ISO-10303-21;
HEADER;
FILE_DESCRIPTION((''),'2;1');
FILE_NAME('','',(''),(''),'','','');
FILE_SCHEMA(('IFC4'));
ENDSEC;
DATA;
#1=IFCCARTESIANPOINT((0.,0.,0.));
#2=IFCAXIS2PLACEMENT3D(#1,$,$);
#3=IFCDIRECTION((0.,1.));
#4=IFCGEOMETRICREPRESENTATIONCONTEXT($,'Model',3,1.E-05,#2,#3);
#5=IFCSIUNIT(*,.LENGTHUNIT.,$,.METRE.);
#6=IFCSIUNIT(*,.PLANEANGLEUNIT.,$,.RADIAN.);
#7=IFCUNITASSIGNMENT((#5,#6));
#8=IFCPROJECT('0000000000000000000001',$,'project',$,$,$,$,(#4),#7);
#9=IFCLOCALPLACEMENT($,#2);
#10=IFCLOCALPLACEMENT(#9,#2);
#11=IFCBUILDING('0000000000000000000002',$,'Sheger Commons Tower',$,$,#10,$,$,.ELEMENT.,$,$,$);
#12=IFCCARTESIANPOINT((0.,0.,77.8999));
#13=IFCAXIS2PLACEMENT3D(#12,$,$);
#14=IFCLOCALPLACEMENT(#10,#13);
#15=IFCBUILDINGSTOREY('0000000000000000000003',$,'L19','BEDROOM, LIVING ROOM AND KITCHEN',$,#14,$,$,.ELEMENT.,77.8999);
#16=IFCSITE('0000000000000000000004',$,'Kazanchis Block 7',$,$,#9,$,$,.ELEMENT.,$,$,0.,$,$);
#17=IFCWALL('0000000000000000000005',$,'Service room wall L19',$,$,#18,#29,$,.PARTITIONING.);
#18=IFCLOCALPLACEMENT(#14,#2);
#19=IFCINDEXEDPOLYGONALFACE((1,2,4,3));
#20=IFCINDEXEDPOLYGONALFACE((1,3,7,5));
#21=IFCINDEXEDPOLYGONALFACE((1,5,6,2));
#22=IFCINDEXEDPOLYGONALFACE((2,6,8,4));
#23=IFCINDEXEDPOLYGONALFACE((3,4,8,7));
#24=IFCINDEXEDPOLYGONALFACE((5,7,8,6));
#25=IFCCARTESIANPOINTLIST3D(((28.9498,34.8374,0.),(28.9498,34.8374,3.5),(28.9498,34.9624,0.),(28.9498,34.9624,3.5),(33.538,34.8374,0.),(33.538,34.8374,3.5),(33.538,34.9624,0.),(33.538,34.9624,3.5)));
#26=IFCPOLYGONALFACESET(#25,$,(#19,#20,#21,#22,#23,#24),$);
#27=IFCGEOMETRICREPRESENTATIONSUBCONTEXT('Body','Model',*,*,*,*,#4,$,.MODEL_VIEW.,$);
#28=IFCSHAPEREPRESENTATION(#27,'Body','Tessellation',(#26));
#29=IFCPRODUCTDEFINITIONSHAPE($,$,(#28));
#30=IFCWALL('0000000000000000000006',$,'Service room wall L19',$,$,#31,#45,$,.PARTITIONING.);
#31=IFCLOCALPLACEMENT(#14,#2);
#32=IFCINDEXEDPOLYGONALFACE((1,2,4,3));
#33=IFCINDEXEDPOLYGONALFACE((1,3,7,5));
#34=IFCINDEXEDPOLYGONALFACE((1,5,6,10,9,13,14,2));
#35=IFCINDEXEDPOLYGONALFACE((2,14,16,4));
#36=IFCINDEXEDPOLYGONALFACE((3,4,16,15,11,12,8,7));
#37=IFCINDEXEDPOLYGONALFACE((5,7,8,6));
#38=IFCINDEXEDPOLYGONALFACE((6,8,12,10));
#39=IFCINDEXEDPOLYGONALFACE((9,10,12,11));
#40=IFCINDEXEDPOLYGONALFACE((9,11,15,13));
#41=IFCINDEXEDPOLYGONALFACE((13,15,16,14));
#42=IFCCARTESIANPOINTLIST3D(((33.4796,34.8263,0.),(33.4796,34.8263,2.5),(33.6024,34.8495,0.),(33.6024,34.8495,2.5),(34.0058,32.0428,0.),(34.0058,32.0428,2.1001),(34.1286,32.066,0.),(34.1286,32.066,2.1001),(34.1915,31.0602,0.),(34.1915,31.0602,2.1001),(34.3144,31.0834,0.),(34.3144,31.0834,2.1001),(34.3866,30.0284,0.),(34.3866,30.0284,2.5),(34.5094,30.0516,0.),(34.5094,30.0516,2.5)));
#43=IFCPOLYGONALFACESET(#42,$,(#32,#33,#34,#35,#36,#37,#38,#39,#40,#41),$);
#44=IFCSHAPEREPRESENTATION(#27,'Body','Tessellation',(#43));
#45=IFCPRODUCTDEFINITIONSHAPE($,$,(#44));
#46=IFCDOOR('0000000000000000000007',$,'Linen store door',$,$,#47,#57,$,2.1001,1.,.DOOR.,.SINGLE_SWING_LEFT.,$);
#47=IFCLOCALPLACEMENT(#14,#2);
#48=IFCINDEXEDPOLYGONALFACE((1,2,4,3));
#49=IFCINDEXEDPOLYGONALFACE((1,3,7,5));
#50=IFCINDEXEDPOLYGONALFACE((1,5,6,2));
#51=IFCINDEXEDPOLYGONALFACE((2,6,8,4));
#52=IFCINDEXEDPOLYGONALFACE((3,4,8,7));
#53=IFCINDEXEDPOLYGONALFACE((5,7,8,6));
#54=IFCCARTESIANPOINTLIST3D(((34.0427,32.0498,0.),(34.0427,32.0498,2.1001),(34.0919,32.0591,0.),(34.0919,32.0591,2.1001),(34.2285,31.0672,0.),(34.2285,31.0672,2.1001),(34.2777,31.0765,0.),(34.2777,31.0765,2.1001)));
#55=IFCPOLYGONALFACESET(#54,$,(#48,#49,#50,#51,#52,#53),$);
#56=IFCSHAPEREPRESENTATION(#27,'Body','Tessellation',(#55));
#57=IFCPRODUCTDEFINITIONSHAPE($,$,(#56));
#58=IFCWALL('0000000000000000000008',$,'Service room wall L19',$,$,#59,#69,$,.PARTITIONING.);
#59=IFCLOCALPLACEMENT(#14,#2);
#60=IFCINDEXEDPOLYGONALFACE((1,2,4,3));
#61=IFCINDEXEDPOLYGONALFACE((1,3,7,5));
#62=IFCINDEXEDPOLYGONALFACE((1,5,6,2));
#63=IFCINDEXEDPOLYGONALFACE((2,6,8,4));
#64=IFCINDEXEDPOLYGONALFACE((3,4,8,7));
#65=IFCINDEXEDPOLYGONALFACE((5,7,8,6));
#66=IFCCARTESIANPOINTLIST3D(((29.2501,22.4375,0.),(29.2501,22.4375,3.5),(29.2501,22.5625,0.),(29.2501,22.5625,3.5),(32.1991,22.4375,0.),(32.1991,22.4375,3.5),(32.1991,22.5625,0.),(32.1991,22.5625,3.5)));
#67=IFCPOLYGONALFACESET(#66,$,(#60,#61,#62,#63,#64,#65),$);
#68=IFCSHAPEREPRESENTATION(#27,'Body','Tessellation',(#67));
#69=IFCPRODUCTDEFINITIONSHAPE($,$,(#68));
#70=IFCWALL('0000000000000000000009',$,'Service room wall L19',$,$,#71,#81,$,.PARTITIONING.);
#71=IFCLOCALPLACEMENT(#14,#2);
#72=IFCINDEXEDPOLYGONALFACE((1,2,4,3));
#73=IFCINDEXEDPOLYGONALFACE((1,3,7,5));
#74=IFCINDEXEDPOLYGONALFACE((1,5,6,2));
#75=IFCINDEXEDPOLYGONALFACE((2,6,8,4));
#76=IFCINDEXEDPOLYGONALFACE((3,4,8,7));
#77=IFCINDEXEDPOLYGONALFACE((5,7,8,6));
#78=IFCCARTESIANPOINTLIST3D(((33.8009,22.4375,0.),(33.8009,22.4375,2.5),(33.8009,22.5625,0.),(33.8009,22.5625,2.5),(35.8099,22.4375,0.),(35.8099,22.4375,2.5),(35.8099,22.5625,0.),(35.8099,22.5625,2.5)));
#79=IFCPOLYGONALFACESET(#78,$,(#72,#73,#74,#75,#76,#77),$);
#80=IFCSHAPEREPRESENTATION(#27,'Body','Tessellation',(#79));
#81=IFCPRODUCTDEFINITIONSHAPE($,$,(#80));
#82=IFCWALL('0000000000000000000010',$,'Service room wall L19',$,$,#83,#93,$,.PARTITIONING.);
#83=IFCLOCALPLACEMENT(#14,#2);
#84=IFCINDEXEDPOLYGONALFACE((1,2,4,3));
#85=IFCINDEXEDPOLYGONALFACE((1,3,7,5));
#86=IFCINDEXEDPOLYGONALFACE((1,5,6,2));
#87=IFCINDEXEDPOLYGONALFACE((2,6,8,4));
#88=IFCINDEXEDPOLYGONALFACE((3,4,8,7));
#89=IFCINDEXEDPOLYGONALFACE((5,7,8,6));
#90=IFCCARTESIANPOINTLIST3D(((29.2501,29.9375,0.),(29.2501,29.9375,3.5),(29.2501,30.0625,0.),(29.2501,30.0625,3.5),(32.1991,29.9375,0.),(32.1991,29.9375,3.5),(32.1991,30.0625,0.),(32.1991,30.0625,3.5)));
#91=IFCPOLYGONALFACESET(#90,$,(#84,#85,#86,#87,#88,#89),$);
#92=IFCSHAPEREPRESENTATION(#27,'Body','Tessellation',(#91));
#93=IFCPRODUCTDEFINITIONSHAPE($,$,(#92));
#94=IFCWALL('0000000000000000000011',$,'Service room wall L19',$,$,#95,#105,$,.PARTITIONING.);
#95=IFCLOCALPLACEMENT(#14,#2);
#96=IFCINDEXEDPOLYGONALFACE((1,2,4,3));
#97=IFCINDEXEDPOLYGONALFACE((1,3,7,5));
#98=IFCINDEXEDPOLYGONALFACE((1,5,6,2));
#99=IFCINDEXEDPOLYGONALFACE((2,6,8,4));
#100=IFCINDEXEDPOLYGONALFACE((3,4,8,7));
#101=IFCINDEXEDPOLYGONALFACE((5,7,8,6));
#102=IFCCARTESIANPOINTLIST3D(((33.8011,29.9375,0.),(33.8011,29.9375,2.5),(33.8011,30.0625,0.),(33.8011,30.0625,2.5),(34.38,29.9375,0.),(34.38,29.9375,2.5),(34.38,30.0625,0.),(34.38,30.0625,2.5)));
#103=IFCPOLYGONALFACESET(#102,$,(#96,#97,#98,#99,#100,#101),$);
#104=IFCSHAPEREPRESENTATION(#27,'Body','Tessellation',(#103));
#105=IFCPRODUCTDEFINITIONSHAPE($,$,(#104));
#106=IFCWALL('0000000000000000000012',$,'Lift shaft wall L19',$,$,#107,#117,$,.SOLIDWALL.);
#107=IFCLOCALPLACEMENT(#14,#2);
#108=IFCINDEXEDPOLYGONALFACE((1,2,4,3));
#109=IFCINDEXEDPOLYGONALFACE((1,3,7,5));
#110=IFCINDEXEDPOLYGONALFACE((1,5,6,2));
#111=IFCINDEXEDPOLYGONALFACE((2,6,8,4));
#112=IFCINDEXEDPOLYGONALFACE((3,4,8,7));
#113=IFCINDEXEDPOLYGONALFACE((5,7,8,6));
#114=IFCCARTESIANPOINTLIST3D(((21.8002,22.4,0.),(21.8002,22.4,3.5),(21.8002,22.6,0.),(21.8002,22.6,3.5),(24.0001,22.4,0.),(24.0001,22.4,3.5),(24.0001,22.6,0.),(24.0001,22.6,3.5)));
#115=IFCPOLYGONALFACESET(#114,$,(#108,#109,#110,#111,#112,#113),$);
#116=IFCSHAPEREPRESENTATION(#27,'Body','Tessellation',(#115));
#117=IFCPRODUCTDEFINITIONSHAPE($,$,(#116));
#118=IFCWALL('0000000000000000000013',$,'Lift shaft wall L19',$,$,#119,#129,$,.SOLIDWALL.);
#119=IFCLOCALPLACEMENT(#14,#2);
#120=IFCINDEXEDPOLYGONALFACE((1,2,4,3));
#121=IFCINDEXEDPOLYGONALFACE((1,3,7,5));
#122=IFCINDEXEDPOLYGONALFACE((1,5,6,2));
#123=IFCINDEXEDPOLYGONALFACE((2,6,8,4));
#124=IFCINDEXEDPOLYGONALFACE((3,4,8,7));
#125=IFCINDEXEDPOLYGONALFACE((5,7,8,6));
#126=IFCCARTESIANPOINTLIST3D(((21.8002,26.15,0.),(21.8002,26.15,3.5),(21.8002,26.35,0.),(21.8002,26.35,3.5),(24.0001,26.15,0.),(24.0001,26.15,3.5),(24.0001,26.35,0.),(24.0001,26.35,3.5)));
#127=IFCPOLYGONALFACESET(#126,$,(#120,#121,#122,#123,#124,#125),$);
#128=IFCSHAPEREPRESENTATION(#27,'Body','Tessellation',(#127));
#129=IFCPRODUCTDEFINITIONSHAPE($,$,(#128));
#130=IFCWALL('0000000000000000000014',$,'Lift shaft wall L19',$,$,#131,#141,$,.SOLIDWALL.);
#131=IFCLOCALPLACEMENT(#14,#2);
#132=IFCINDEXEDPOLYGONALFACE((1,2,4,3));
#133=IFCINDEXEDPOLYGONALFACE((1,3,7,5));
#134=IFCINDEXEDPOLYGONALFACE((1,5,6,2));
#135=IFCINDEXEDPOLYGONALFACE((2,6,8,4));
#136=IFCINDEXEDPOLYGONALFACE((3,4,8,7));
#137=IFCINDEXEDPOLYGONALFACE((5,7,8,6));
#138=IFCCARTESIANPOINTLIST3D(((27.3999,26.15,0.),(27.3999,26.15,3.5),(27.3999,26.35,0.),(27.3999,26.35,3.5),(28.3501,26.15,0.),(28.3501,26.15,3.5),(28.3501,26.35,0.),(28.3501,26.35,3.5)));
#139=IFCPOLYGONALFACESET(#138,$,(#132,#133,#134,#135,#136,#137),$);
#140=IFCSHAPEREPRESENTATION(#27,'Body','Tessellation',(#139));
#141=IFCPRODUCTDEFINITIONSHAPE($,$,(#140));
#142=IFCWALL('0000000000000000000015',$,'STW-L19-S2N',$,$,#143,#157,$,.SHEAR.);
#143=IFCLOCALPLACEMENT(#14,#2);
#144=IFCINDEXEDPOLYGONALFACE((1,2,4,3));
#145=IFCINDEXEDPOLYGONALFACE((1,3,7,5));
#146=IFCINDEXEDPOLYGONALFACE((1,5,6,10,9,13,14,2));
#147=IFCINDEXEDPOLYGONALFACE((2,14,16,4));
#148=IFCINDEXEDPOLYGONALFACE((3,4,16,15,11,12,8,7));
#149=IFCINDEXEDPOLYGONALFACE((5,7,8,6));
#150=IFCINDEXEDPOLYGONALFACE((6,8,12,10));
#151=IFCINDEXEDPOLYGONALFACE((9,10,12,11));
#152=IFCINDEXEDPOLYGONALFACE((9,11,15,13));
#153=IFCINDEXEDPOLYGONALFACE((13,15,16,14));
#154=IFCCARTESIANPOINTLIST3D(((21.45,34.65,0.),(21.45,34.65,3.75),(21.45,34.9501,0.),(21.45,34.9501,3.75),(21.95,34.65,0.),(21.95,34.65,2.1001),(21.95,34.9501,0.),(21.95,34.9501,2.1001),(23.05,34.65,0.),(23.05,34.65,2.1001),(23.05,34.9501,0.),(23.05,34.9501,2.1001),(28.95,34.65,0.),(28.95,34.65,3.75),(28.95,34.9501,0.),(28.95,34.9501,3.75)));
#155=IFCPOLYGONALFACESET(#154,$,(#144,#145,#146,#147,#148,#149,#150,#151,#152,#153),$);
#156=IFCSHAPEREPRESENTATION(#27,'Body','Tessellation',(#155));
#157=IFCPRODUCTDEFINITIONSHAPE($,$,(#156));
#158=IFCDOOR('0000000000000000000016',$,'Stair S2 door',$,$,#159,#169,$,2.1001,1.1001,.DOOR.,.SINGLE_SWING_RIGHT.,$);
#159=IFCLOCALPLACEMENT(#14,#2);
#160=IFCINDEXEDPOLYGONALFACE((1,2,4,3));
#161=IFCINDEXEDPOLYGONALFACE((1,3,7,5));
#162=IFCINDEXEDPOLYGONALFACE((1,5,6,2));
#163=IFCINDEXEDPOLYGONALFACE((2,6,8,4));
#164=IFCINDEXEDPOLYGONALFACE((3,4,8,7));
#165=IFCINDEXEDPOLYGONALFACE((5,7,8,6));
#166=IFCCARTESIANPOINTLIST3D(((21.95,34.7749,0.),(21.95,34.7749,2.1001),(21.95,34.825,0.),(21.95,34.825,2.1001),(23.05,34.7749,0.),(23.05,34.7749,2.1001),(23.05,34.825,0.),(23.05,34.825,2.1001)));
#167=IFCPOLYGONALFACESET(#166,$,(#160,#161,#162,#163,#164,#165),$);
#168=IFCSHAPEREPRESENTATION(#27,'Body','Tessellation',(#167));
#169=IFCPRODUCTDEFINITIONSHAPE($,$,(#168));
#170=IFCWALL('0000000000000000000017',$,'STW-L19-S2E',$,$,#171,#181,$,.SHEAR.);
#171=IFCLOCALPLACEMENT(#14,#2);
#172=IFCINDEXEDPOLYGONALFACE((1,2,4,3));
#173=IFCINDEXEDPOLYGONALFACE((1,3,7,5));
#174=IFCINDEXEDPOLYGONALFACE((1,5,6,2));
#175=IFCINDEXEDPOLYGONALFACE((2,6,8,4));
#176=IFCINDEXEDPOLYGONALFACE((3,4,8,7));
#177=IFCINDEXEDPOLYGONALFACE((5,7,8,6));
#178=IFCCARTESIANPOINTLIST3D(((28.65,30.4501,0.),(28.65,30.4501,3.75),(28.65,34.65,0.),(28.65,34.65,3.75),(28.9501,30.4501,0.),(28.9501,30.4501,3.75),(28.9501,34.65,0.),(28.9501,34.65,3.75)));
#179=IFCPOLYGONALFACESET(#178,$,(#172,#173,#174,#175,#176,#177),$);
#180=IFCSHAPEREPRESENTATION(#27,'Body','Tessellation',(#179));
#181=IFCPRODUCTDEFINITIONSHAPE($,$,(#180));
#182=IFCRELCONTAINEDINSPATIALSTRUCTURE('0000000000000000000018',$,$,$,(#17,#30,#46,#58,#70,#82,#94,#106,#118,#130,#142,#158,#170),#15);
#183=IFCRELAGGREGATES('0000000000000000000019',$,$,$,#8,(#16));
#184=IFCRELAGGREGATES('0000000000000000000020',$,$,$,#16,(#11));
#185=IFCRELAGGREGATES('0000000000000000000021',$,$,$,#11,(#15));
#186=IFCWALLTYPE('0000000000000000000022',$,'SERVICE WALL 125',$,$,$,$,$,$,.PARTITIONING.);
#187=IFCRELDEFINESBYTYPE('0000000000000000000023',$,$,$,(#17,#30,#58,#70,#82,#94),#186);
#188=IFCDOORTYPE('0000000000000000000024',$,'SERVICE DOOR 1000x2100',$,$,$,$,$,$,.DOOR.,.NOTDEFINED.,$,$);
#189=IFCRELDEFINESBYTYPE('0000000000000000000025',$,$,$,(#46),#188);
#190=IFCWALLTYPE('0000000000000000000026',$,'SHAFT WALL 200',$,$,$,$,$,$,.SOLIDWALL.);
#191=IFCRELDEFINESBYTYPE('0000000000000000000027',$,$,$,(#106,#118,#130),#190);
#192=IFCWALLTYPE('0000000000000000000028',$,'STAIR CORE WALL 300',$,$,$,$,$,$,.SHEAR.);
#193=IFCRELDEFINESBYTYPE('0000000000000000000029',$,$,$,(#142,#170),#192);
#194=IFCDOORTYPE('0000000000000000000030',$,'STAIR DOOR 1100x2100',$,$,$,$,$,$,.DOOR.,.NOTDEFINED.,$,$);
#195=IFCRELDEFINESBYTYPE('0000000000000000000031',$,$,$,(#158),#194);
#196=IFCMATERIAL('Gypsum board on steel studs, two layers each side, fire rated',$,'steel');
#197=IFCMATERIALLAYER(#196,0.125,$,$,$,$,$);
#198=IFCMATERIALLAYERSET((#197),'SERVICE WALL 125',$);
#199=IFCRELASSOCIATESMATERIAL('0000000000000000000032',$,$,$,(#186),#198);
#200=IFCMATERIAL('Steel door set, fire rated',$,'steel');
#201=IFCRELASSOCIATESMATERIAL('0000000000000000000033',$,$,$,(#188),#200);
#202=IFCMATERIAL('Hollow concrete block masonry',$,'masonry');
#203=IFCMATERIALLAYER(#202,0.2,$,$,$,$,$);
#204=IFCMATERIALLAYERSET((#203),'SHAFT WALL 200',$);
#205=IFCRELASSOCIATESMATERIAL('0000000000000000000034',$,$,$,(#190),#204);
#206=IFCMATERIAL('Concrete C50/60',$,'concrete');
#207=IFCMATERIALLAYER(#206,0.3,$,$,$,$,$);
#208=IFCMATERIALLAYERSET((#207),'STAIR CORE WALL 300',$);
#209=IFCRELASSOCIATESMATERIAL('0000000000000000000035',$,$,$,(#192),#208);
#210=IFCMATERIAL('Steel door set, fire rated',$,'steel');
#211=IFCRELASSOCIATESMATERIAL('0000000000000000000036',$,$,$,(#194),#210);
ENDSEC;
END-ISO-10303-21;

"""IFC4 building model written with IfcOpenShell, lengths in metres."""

from ifc_helpers import new_model, si_unit, direction, frame, frame_2d, origin, place, context, subcontext, project, spatial, rectangle, extrude, material, layer, layer_set, type_object, element, fill, save


model = new_model("IFC4")

# Units and contexts
model_context = context("Model", 3, precision=1e-05, world=origin(), true_north=direction((0.0, 1.0)))
body_context = subcontext(model_context, "Body", "Model", "MODEL_VIEW")
ifc_project = project(units=[si_unit("LENGTHUNIT", "METRE"), si_unit("PLANEANGLEUNIT", "RADIAN")], contexts=[model_context])

# Site, building, storey
site_placement = place(None, origin())
site = spatial("IfcSite", under=ifc_project, at=site_placement, Name="Kazanchis Block 7", CompositionType="ELEMENT", RefElevation=0.0)
building_placement = place(site_placement, origin())
building = spatial("IfcBuilding", under=site, at=building_placement, Name="Sheger Commons Tower", CompositionType="ELEMENT")
storey_placement = place(building_placement, frame((0.0, 0.0, 77.8999)))
storey = spatial("IfcBuildingStorey", under=building, at=storey_placement, Name="L19", Description="BEDROOM, LIVING ROOM AND KITCHEN", CompositionType="ELEMENT", Elevation=77.8999)

# Wall
ifc_material_1 = material(Name="Gypsum board on steel studs, two layers each side, fire rated", Category="steel")
ifc_layer_1 = layer(ifc_material_1, 0.125)
ifc_layer_set_1 = layer_set([ifc_layer_1], Name="SERVICE WALL 125")
wall_type_1 = type_object("IfcWallType", Name="SERVICE WALL 125", PredefinedType="PARTITIONING", material=ifc_layer_set_1)
wall_1_placement = place(storey_placement, frame((28.95, 34.8999, 0.0), z_axis=(0.0, 0.0, 1.0), x_axis=(1.0, 0.0, 0.0)))
element("IfcWall", 1, at=wall_1_placement, inside=storey, type_object=wall_type_1, Name="Service room wall L19", PredefinedType="PARTITIONING", context=body_context, shape_type="SweptSolid", body=[
    extrude(rectangle(XDim=4.5881, YDim=0.125, at=frame_2d((2.2939, 0.0))), origin(), (0.0, 0.0, 1.0), 3.5),
])

# Wall, opening, door
wall_2_placement = place(storey_placement, frame((34.448, 30.04, 0.0), z_axis=(0.0, 0.0, 1.0), x_axis=(-0.185749, 0.982597, 0.0)))
wall_2 = element("IfcWall", 2, at=wall_2_placement, inside=storey, type_object=wall_type_1, Name="Service room wall L19", PredefinedType="PARTITIONING", context=body_context, shape_type="SweptSolid", body=[
    extrude(rectangle(XDim=4.8828, YDim=0.125, at=frame_2d((2.4414, 0.0))), origin(), (0.0, 0.0, 1.0), 2.5),
])
opening_1_placement = place(wall_2_placement, frame((1.05, 0.0, 0.0)))
opening_1 = element("IfcOpeningElement", 3, at=opening_1_placement, cuts=wall_2, PredefinedType="OPENING", context=body_context, shape_type="SweptSolid", body=[
    extrude(rectangle(XDim=1.0, YDim=2.1001, at=frame_2d((0.5, 1.05))), frame((0.0, 0.0725, 0.0), z_axis=(0.0, -1.0, 0.0), x_axis=(1.0, 0.0, 0.0)), (0.0, 0.0, 1.0), 0.145),
])
ifc_material_2 = material(Name="Steel door set, fire rated", Category="steel")
door_type_1 = type_object("IfcDoorType", Name="SERVICE DOOR 1000x2100", OperationType="NOTDEFINED", PredefinedType="DOOR", material=ifc_material_2)
door_1_placement = place(opening_1_placement, origin())
door_1 = element("IfcDoor", 4, at=door_1_placement, inside=storey, type_object=door_type_1, Name="Linen store door", OperationType="SINGLE_SWING_LEFT", OverallHeight=2.1001, OverallWidth=1.0, PredefinedType="DOOR", context=body_context, shape_type="SweptSolid", body=[
    extrude(rectangle(XDim=1.0, YDim=2.1001, at=frame_2d((0.5, 1.05))), frame((0.0, 0.0249, 0.0), z_axis=(0.0, -1.0, 0.0), x_axis=(1.0, 0.0, 0.0)), (0.0, 0.0, 1.0), 0.05),
])
fill(opening_1, door_1)

# Walls
wall_3_placement = place(storey_placement, frame((29.25, 22.5, 0.0), z_axis=(0.0, 0.0, 1.0), x_axis=(1.0, 0.0, 0.0)))
element("IfcWall", 5, at=wall_3_placement, inside=storey, type_object=wall_type_1, Name="Service room wall L19", PredefinedType="PARTITIONING", context=body_context, shape_type="SweptSolid", body=[
    extrude(rectangle(XDim=2.949, YDim=0.125, at=frame_2d((1.4746, 0.0))), origin(), (0.0, 0.0, 1.0), 3.5),
])
wall_4_placement = place(storey_placement, frame((33.801, 22.5, 0.0), z_axis=(0.0, 0.0, 1.0), x_axis=(1.0, 0.0, 0.0)))
element("IfcWall", 6, at=wall_4_placement, inside=storey, type_object=wall_type_1, Name="Service room wall L19", PredefinedType="PARTITIONING", context=body_context, shape_type="SweptSolid", body=[
    extrude(rectangle(XDim=2.009, YDim=0.125, at=frame_2d((1.0044, 0.0))), origin(), (0.0, 0.0, 1.0), 2.5),
])
wall_5_placement = place(storey_placement, frame((29.25, 30.0, 0.0), z_axis=(0.0, 0.0, 1.0), x_axis=(1.0, 0.0, 0.0)))
element("IfcWall", 7, at=wall_5_placement, inside=storey, type_object=wall_type_1, Name="Service room wall L19", PredefinedType="PARTITIONING", context=body_context, shape_type="SweptSolid", body=[
    extrude(rectangle(XDim=2.949, YDim=0.125, at=frame_2d((1.4746, 0.0))), origin(), (0.0, 0.0, 1.0), 3.5),
])
wall_6_placement = place(storey_placement, frame((33.801, 30.0, 0.0), z_axis=(0.0, 0.0, 1.0), x_axis=(1.0, 0.0, 0.0)))
element("IfcWall", 8, at=wall_6_placement, inside=storey, type_object=wall_type_1, Name="Service room wall L19", PredefinedType="PARTITIONING", context=body_context, shape_type="SweptSolid", body=[
    extrude(rectangle(XDim=0.5789, YDim=0.125, at=frame_2d((0.2896, 0.0))), origin(), (0.0, 0.0, 1.0), 2.5),
])
ifc_material_3 = material(Name="Hollow concrete block masonry", Category="masonry")
ifc_layer_2 = layer(ifc_material_3, 0.2)
ifc_layer_set_2 = layer_set([ifc_layer_2], Name="SHAFT WALL 200")
wall_type_2 = type_object("IfcWallType", Name="SHAFT WALL 200", PredefinedType="SOLIDWALL", material=ifc_layer_set_2)
for number, where, z_axis, x_axis, name in (
    (9, (21.8, 22.5, 0.0), (0.0, 0.0, 1.0), (1.0, 0.0, 0.0), "Lift shaft wall L19"),
    (10, (21.8, 26.25, 0.0), (0.0, 0.0, 1.0), (1.0, 0.0, 0.0), "Lift shaft wall L19"),
):
    element("IfcWall", number, at=place(storey_placement, frame(where, z_axis=z_axis, x_axis=x_axis)), inside=storey, type_object=wall_type_2, Name=name, PredefinedType="SOLIDWALL", context=body_context, shape_type="SweptSolid", body=[
        extrude(rectangle(XDim=2.2, YDim=0.2, at=frame_2d((1.1001, 0.0))), origin(), (0.0, 0.0, 1.0), 3.5),
    ])
wall_7_placement = place(storey_placement, frame((27.3999, 26.25, 0.0), z_axis=(0.0, 0.0, 1.0), x_axis=(1.0, 0.0, 0.0)))
element("IfcWall", 11, at=wall_7_placement, inside=storey, type_object=wall_type_2, Name="Lift shaft wall L19", PredefinedType="SOLIDWALL", context=body_context, shape_type="SweptSolid", body=[
    extrude(rectangle(XDim=0.9502, YDim=0.2, at=frame_2d((0.4751, 0.0))), origin(), (0.0, 0.0, 1.0), 3.5),
])

# Wall, opening, door
ifc_material_4 = material(Name="Concrete C50/60", Category="concrete")
ifc_layer_3 = layer(ifc_material_4, 0.3)
ifc_layer_set_3 = layer_set([ifc_layer_3], Name="STAIR CORE WALL 300")
wall_type_3 = type_object("IfcWallType", Name="STAIR CORE WALL 300", PredefinedType="SHEAR", material=ifc_layer_set_3)
wall_8_placement = place(storey_placement, frame((21.45, 34.8, 0.0), z_axis=(0.0, 0.0, 1.0), x_axis=(1.0, 0.0, 0.0)))
wall_8 = element("IfcWall", 12, at=wall_8_placement, inside=storey, type_object=wall_type_3, Name="STW-L19-S2N", PredefinedType="SHEAR", context=body_context, shape_type="SweptSolid", body=[
    extrude(rectangle(XDim=7.5, YDim=0.3, at=frame_2d((3.75, 0.0))), origin(), (0.0, 0.0, 1.0), 3.75),
])
opening_2_placement = place(wall_8_placement, frame((0.5, 0.0, 0.0)))
opening_2 = element("IfcOpeningElement", 13, at=opening_2_placement, cuts=wall_8, PredefinedType="OPENING", context=body_context, shape_type="SweptSolid", body=[
    extrude(rectangle(XDim=1.1001, YDim=2.1001, at=frame_2d((0.55, 1.05))), frame((0.0, 0.1599, 0.0), z_axis=(0.0, -1.0, 0.0), x_axis=(1.0, 0.0, 0.0)), (0.0, 0.0, 1.0), 0.3201),
])
ifc_material_5 = material(Name="Steel door set, fire rated", Category="steel")
door_type_2 = type_object("IfcDoorType", Name="STAIR DOOR 1100x2100", OperationType="NOTDEFINED", PredefinedType="DOOR", material=ifc_material_5)
door_2_placement = place(opening_2_placement, origin())
door_2 = element("IfcDoor", 14, at=door_2_placement, inside=storey, type_object=door_type_2, Name="Stair S2 door", OperationType="SINGLE_SWING_RIGHT", OverallHeight=2.1001, OverallWidth=1.1001, PredefinedType="DOOR", context=body_context, shape_type="SweptSolid", body=[
    extrude(rectangle(XDim=1.1001, YDim=2.1001, at=frame_2d((0.55, 1.05))), frame((0.0, 0.0249, 0.0), z_axis=(0.0, -1.0, 0.0), x_axis=(1.0, 0.0, 0.0)), (0.0, 0.0, 1.0), 0.05),
])
fill(opening_2, door_2)

# Wall
wall_9_placement = place(storey_placement, frame((28.8, 30.45, 0.0), z_axis=(0.0, 0.0, 1.0), x_axis=(0.0, 1.0, 0.0)))
element("IfcWall", 15, at=wall_9_placement, inside=storey, type_object=wall_type_3, Name="STW-L19-S2E", PredefinedType="SHEAR", context=body_context, shape_type="SweptSolid", body=[
    extrude(rectangle(XDim=4.2, YDim=0.3, at=frame_2d((2.1001, 0.0))), origin(), (0.0, 0.0, 1.0), 3.75),
])

save(model, "model.ifc")
